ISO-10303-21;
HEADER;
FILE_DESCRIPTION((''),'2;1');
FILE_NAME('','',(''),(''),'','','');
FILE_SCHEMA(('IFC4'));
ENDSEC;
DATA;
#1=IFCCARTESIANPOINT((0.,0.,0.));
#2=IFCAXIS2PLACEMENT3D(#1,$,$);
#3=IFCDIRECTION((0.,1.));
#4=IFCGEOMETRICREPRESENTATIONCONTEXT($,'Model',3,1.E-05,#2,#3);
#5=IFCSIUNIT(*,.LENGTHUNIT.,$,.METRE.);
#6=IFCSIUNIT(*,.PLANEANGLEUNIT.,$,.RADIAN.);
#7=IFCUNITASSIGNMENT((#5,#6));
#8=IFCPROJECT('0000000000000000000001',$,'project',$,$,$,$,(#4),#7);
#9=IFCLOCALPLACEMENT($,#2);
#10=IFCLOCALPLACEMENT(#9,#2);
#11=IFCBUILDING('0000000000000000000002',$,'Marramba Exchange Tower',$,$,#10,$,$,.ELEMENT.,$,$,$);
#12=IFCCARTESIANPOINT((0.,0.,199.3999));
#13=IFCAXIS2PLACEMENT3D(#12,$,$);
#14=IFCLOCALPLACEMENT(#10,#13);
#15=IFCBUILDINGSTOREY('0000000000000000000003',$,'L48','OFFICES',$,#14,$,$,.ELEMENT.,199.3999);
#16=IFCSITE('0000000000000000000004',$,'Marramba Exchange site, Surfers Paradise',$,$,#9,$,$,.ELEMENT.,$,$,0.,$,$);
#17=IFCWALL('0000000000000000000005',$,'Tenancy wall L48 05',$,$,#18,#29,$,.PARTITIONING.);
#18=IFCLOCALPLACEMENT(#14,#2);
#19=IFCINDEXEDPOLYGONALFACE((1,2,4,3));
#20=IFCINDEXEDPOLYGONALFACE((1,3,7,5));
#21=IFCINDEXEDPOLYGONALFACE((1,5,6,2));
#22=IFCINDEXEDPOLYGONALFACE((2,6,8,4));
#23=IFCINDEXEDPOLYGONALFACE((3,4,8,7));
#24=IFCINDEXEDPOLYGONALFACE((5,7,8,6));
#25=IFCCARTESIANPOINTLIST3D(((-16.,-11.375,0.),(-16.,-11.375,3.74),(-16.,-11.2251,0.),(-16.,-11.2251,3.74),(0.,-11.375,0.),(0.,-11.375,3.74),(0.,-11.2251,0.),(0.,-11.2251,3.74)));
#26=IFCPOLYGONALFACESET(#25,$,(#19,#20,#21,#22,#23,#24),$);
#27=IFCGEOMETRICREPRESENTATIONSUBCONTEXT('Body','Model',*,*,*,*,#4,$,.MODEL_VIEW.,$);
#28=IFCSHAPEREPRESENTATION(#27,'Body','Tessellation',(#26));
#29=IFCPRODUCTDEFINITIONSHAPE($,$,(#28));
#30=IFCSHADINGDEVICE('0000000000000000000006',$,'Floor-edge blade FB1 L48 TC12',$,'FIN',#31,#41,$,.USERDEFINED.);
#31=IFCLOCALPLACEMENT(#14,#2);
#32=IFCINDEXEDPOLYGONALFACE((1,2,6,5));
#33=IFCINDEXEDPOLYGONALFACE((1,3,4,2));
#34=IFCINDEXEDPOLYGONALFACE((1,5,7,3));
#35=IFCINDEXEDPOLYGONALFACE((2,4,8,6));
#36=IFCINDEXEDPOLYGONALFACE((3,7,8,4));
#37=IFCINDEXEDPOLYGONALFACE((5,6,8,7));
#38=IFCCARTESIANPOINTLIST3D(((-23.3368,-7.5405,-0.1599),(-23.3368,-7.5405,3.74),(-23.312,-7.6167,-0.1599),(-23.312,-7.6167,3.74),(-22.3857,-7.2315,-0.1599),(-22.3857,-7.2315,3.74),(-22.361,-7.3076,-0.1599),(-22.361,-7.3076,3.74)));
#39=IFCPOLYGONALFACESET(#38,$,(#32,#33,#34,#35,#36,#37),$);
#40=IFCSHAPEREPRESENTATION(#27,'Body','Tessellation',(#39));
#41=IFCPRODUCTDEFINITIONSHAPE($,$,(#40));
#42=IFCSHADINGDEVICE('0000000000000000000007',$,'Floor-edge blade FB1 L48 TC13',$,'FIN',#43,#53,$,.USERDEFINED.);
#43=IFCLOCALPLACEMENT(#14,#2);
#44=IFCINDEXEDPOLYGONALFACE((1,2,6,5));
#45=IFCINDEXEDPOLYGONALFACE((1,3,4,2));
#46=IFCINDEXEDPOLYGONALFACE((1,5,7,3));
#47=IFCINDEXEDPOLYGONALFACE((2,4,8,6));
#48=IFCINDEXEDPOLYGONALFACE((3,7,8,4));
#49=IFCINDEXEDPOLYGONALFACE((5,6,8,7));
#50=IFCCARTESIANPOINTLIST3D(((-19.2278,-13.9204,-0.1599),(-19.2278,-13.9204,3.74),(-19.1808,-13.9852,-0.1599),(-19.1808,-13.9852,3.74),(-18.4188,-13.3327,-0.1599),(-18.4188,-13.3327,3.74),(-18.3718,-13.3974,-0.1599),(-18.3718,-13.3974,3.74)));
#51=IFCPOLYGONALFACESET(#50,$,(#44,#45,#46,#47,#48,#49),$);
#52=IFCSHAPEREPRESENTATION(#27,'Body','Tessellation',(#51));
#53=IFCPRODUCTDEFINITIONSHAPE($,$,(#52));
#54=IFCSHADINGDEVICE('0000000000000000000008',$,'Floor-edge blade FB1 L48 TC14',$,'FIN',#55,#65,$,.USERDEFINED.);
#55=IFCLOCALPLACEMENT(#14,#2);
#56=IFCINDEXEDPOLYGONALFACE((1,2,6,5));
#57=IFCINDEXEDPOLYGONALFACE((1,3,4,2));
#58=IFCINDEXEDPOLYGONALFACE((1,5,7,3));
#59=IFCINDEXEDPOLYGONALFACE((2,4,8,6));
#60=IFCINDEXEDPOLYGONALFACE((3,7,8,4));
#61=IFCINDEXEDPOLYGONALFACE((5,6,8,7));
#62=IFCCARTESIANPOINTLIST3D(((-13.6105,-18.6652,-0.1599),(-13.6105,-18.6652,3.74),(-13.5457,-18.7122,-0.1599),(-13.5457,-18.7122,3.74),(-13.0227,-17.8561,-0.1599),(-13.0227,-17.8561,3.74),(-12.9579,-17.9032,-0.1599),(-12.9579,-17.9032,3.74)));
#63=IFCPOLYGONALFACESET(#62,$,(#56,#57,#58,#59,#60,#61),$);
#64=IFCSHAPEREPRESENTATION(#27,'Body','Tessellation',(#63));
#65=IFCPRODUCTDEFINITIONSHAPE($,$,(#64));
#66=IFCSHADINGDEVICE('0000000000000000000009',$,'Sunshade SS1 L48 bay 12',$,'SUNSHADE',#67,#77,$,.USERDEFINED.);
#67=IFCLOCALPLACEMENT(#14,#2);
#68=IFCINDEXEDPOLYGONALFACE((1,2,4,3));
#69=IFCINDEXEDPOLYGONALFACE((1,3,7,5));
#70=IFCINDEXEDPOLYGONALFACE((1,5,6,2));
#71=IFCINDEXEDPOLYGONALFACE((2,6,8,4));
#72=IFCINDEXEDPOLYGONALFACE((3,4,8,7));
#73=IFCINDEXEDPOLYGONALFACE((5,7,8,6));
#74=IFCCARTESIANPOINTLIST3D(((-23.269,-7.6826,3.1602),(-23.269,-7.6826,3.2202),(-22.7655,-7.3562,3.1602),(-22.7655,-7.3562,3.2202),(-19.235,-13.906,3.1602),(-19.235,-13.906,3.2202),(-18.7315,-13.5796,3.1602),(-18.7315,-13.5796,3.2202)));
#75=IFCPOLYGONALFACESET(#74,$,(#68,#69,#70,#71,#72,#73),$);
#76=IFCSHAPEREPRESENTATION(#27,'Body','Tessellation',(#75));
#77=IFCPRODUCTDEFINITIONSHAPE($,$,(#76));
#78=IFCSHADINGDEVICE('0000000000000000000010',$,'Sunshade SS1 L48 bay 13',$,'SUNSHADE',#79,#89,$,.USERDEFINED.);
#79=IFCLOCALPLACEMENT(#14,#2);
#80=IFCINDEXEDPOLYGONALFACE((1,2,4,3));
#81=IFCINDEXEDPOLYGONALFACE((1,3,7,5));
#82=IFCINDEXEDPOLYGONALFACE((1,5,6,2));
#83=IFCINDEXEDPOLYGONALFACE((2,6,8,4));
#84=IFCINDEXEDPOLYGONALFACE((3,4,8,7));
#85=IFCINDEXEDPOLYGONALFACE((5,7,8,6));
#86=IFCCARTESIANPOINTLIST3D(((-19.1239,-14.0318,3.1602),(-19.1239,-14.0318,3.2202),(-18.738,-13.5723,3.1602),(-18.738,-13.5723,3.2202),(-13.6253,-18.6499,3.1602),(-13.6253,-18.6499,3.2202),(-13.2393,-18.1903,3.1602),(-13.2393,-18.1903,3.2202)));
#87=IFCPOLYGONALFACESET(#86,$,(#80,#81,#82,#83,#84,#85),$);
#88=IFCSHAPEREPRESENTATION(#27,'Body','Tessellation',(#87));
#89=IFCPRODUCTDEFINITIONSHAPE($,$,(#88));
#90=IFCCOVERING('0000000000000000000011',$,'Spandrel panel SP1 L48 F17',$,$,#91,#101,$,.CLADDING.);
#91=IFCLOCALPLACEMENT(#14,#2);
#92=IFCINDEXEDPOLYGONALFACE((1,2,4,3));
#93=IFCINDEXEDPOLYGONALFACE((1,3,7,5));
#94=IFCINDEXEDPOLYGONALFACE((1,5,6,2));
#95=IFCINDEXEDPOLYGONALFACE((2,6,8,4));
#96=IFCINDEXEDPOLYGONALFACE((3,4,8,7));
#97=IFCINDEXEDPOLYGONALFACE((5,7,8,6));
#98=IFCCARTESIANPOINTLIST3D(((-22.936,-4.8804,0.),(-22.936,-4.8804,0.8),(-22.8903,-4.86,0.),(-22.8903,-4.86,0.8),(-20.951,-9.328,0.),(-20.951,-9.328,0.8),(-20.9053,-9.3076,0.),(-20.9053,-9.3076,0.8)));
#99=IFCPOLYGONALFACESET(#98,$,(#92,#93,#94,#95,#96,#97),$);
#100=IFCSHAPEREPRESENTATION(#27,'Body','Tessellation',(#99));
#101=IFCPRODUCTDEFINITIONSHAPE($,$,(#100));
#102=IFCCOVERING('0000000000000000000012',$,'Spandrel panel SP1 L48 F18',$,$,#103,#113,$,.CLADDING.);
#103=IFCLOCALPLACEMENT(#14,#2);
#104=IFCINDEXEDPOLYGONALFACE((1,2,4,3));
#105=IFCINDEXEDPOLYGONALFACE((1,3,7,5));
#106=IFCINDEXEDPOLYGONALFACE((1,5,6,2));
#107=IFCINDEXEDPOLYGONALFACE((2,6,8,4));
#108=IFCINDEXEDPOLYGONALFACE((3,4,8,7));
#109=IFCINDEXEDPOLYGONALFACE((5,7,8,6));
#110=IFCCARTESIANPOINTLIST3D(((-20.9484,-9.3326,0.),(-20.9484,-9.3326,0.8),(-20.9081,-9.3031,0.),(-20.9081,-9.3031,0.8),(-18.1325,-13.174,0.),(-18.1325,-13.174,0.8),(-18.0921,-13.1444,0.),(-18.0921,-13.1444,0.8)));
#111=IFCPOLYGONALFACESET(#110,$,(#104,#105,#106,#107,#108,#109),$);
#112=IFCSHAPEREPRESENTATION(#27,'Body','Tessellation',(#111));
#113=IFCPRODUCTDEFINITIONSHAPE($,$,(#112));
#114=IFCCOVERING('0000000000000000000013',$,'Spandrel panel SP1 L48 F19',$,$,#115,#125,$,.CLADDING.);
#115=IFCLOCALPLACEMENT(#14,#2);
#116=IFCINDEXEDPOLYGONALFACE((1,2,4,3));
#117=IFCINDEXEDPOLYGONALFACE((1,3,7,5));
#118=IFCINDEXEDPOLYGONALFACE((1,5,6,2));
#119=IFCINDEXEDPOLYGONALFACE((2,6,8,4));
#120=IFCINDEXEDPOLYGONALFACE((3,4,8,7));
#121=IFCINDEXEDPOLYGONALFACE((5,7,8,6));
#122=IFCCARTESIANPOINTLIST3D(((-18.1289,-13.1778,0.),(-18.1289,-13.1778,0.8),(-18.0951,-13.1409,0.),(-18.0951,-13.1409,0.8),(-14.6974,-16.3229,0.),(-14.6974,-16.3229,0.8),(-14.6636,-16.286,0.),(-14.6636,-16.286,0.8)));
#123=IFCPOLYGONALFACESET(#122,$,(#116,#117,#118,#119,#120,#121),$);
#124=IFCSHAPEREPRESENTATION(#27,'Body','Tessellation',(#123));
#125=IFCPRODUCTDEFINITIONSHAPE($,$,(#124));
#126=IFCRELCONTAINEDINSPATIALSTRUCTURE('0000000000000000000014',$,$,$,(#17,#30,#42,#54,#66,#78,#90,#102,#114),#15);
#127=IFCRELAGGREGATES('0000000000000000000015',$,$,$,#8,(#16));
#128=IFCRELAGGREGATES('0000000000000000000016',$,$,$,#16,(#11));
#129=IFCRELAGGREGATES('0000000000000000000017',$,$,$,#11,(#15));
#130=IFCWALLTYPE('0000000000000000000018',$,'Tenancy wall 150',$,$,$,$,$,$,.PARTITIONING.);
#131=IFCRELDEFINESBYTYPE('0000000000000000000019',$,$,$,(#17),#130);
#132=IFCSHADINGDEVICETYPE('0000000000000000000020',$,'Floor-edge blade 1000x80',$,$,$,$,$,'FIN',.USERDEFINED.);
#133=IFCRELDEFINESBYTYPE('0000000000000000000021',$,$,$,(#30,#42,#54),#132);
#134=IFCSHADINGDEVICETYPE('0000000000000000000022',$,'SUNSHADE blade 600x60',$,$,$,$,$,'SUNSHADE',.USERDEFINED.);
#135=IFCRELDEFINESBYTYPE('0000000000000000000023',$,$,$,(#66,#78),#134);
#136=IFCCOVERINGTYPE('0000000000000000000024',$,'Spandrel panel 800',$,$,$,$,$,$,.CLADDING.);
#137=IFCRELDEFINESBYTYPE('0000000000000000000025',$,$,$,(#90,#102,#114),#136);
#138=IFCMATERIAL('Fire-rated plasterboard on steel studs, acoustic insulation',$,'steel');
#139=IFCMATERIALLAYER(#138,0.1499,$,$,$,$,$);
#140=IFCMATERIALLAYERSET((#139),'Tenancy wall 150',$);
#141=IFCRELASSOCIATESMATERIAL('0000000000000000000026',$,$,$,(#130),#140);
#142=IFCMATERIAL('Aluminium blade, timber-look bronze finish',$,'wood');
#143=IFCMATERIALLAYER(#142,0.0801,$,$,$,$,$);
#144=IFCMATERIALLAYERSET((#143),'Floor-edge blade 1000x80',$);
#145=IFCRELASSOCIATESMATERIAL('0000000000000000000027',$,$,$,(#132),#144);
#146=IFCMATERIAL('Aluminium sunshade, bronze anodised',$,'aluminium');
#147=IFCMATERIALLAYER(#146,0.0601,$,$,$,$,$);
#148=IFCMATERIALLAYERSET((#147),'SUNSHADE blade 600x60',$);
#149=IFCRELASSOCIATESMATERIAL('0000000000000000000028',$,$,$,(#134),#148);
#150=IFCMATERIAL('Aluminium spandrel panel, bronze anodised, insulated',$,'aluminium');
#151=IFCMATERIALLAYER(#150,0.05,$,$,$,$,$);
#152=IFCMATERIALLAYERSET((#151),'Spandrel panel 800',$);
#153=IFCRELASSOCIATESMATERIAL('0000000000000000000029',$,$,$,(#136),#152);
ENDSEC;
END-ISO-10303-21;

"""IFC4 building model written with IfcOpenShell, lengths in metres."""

from ifc_helpers import new_model, si_unit, direction, frame, frame_2d, origin, origin_2d, place, context, subcontext, project, spatial, rectangle, extrude, material, layer, layer_set, type_object, element, save


model = new_model("IFC4")

# Units and contexts
model_context = context("Model", 3, precision=1e-05, world=origin(), true_north=direction((0.0, 1.0)))
body_context = subcontext(model_context, "Body", "Model", "MODEL_VIEW")
ifc_project = project(units=[si_unit("LENGTHUNIT", "METRE"), si_unit("PLANEANGLEUNIT", "RADIAN")], contexts=[model_context])

# Site, building, storey
site_placement = place(None, origin())
site = spatial("IfcSite", under=ifc_project, at=site_placement, Name="Marramba Exchange site, Surfers Paradise", CompositionType="ELEMENT", RefElevation=0.0)
building_placement = place(site_placement, origin())
building = spatial("IfcBuilding", under=site, at=building_placement, Name="Marramba Exchange Tower", CompositionType="ELEMENT")
storey_placement = place(building_placement, frame((0.0, 0.0, 199.3999)))
storey = spatial("IfcBuildingStorey", under=building, at=storey_placement, Name="L48", Description="OFFICES", CompositionType="ELEMENT", Elevation=199.3999)

# Wall
ifc_material_1 = material(Name="Fire-rated plasterboard on steel studs, acoustic insulation", Category="steel")
ifc_layer_1 = layer(ifc_material_1, 0.1499)
ifc_layer_set_1 = layer_set([ifc_layer_1], Name="Tenancy wall 150")
wall_type_1 = type_object("IfcWallType", Name="Tenancy wall 150", PredefinedType="PARTITIONING", material=ifc_layer_set_1)
wall_1_placement = place(storey_placement, frame((-16.0, -11.3, 0.0), z_axis=(0.0, 0.0, 1.0), x_axis=(1.0, 0.0, 0.0)))
element("IfcWall", 1, at=wall_1_placement, inside=storey, type_object=wall_type_1, Name="Tenancy wall L48 05", PredefinedType="PARTITIONING", context=body_context, shape_type="SweptSolid", body=[
    extrude(rectangle(XDim=16.0, YDim=0.1499, at=frame_2d((8.0, 0.0))), origin(), (0.0, 0.0, 1.0), 3.74),
])

# Shading devices
ifc_material_2 = material(Name="Aluminium blade, timber-look bronze finish", Category="wood")
ifc_layer_2 = layer(ifc_material_2, 0.0801)
ifc_layer_set_2 = layer_set([ifc_layer_2], Name="Floor-edge blade 1000x80")
shading_device_type_1 = type_object("IfcShadingDeviceType", Name="Floor-edge blade 1000x80", ElementType="FIN", PredefinedType="USERDEFINED", material=ifc_layer_set_2)
for number, where, z_axis, x_axis, name in (
    (2, (-22.8489, -7.4241, -0.1599), (0.0, 0.0, 1.0), (-0.951057, -0.309017, 0.0), "Floor-edge blade FB1 L48 TC12"),
    (3, (-18.7998, -13.6589, -0.1599), (0.0, 0.0, 1.0), (-0.809017, -0.587785, 0.0), "Floor-edge blade FB1 L48 TC13"),
    (4, (-13.2842, -18.2842, -0.1599), (0.0, 0.0, 1.0), (-0.587785, -0.809017, 0.0), "Floor-edge blade FB1 L48 TC14"),
):
    element("IfcShadingDevice", number, at=place(storey_placement, frame(where, z_axis=z_axis, x_axis=x_axis)), inside=storey, type_object=shading_device_type_1, Name=name, ObjectType="FIN", PredefinedType="USERDEFINED", context=body_context, shape_type="SweptSolid", body=[
        extrude(rectangle(XDim=1.0, YDim=0.0801, at=origin_2d()), origin(), (0.0, 0.0, 1.0), 3.8999),
    ])
ifc_material_3 = material(Name="Aluminium sunshade, bronze anodised", Category="aluminium")
ifc_layer_3 = layer(ifc_material_3, 0.0601)
ifc_layer_set_3 = layer_set([ifc_layer_3], Name="SUNSHADE blade 600x60")
shading_device_type_2 = type_object("IfcShadingDeviceType", Name="SUNSHADE blade 600x60", ElementType="SUNSHADE", PredefinedType="USERDEFINED", material=ifc_layer_set_3)
shading_device_1_placement = place(storey_placement, frame((-21.0002, -10.6311, 3.1602), z_axis=(0.0, 0.0, 1.0), x_axis=(0.543922, -0.839136, 0.0)))
element("IfcShadingDevice", 5, at=shading_device_1_placement, inside=storey, type_object=shading_device_type_2, Name="Sunshade SS1 L48 bay 12", ObjectType="SUNSHADE", PredefinedType="USERDEFINED", context=body_context, shape_type="SweptSolid", body=[
    extrude(rectangle(XDim=7.4165, YDim=0.6001, at=origin_2d()), origin(), (0.0, 0.0, 1.0), 0.0601),
])
shading_device_2_placement = place(storey_placement, frame((-16.1816, -16.1111, 3.1602), z_axis=(0.0, 0.0, 1.0), x_axis=(0.765762, -0.643124, 0.0)))
element("IfcShadingDevice", 6, at=shading_device_2_placement, inside=storey, type_object=shading_device_type_2, Name="Sunshade SS1 L48 bay 13", ObjectType="SUNSHADE", PredefinedType="USERDEFINED", context=body_context, shape_type="SweptSolid", body=[
    extrude(rectangle(XDim=7.1807, YDim=0.6001, at=origin_2d()), origin(), (0.0, 0.0, 1.0), 0.0601),
])

# Coverings
ifc_material_4 = material(Name="Aluminium spandrel panel, bronze anodised, insulated", Category="aluminium")
ifc_layer_4 = layer(ifc_material_4, 0.05)
ifc_layer_set_4 = layer_set([ifc_layer_4], Name="Spandrel panel 800")
covering_type = type_object("IfcCoveringType", Name="Spandrel panel 800", PredefinedType="CLADDING", material=ifc_layer_set_4)
covering_1_placement = place(storey_placement, frame((-21.9207, -7.094, 0.0), z_axis=(0.0, 0.0, 1.0), x_axis=(0.407558, -0.91318, 0.0)))
element("IfcCovering", 7, at=covering_1_placement, inside=storey, type_object=covering_type, Name="Spandrel panel SP1 L48 F17", PredefinedType="CLADDING", context=body_context, shape_type="SweptSolid", body=[
    extrude(rectangle(XDim=4.8704, YDim=0.05, at=origin_2d()), origin(), (0.0, 0.0, 1.0), 0.8),
])
covering_2_placement = place(storey_placement, frame((-19.5203, -11.2385, 0.0), z_axis=(0.0, 0.0, 1.0), x_axis=(0.591223, -0.806508, 0.0)))
element("IfcCovering", 8, at=covering_2_placement, inside=storey, type_object=covering_type, Name="Spandrel panel SP1 L48 F18", PredefinedType="CLADDING", context=body_context, shape_type="SweptSolid", body=[
    extrude(rectangle(XDim=4.7629, YDim=0.05, at=origin_2d()), origin(), (0.0, 0.0, 1.0), 0.8),
])
covering_3_placement = place(storey_placement, frame((-16.3962, -14.7319, 0.0), z_axis=(0.0, 0.0, 1.0), x_axis=(0.737203, -0.675671, 0.0)))
element("IfcCovering", 9, at=covering_3_placement, inside=storey, type_object=covering_type, Name="Spandrel panel SP1 L48 F19", PredefinedType="CLADDING", context=body_context, shape_type="SweptSolid", body=[
    extrude(rectangle(XDim=4.6548, YDim=0.05, at=origin_2d()), origin(), (0.0, 0.0, 1.0), 0.8),
])

save(model, "model.ifc")
